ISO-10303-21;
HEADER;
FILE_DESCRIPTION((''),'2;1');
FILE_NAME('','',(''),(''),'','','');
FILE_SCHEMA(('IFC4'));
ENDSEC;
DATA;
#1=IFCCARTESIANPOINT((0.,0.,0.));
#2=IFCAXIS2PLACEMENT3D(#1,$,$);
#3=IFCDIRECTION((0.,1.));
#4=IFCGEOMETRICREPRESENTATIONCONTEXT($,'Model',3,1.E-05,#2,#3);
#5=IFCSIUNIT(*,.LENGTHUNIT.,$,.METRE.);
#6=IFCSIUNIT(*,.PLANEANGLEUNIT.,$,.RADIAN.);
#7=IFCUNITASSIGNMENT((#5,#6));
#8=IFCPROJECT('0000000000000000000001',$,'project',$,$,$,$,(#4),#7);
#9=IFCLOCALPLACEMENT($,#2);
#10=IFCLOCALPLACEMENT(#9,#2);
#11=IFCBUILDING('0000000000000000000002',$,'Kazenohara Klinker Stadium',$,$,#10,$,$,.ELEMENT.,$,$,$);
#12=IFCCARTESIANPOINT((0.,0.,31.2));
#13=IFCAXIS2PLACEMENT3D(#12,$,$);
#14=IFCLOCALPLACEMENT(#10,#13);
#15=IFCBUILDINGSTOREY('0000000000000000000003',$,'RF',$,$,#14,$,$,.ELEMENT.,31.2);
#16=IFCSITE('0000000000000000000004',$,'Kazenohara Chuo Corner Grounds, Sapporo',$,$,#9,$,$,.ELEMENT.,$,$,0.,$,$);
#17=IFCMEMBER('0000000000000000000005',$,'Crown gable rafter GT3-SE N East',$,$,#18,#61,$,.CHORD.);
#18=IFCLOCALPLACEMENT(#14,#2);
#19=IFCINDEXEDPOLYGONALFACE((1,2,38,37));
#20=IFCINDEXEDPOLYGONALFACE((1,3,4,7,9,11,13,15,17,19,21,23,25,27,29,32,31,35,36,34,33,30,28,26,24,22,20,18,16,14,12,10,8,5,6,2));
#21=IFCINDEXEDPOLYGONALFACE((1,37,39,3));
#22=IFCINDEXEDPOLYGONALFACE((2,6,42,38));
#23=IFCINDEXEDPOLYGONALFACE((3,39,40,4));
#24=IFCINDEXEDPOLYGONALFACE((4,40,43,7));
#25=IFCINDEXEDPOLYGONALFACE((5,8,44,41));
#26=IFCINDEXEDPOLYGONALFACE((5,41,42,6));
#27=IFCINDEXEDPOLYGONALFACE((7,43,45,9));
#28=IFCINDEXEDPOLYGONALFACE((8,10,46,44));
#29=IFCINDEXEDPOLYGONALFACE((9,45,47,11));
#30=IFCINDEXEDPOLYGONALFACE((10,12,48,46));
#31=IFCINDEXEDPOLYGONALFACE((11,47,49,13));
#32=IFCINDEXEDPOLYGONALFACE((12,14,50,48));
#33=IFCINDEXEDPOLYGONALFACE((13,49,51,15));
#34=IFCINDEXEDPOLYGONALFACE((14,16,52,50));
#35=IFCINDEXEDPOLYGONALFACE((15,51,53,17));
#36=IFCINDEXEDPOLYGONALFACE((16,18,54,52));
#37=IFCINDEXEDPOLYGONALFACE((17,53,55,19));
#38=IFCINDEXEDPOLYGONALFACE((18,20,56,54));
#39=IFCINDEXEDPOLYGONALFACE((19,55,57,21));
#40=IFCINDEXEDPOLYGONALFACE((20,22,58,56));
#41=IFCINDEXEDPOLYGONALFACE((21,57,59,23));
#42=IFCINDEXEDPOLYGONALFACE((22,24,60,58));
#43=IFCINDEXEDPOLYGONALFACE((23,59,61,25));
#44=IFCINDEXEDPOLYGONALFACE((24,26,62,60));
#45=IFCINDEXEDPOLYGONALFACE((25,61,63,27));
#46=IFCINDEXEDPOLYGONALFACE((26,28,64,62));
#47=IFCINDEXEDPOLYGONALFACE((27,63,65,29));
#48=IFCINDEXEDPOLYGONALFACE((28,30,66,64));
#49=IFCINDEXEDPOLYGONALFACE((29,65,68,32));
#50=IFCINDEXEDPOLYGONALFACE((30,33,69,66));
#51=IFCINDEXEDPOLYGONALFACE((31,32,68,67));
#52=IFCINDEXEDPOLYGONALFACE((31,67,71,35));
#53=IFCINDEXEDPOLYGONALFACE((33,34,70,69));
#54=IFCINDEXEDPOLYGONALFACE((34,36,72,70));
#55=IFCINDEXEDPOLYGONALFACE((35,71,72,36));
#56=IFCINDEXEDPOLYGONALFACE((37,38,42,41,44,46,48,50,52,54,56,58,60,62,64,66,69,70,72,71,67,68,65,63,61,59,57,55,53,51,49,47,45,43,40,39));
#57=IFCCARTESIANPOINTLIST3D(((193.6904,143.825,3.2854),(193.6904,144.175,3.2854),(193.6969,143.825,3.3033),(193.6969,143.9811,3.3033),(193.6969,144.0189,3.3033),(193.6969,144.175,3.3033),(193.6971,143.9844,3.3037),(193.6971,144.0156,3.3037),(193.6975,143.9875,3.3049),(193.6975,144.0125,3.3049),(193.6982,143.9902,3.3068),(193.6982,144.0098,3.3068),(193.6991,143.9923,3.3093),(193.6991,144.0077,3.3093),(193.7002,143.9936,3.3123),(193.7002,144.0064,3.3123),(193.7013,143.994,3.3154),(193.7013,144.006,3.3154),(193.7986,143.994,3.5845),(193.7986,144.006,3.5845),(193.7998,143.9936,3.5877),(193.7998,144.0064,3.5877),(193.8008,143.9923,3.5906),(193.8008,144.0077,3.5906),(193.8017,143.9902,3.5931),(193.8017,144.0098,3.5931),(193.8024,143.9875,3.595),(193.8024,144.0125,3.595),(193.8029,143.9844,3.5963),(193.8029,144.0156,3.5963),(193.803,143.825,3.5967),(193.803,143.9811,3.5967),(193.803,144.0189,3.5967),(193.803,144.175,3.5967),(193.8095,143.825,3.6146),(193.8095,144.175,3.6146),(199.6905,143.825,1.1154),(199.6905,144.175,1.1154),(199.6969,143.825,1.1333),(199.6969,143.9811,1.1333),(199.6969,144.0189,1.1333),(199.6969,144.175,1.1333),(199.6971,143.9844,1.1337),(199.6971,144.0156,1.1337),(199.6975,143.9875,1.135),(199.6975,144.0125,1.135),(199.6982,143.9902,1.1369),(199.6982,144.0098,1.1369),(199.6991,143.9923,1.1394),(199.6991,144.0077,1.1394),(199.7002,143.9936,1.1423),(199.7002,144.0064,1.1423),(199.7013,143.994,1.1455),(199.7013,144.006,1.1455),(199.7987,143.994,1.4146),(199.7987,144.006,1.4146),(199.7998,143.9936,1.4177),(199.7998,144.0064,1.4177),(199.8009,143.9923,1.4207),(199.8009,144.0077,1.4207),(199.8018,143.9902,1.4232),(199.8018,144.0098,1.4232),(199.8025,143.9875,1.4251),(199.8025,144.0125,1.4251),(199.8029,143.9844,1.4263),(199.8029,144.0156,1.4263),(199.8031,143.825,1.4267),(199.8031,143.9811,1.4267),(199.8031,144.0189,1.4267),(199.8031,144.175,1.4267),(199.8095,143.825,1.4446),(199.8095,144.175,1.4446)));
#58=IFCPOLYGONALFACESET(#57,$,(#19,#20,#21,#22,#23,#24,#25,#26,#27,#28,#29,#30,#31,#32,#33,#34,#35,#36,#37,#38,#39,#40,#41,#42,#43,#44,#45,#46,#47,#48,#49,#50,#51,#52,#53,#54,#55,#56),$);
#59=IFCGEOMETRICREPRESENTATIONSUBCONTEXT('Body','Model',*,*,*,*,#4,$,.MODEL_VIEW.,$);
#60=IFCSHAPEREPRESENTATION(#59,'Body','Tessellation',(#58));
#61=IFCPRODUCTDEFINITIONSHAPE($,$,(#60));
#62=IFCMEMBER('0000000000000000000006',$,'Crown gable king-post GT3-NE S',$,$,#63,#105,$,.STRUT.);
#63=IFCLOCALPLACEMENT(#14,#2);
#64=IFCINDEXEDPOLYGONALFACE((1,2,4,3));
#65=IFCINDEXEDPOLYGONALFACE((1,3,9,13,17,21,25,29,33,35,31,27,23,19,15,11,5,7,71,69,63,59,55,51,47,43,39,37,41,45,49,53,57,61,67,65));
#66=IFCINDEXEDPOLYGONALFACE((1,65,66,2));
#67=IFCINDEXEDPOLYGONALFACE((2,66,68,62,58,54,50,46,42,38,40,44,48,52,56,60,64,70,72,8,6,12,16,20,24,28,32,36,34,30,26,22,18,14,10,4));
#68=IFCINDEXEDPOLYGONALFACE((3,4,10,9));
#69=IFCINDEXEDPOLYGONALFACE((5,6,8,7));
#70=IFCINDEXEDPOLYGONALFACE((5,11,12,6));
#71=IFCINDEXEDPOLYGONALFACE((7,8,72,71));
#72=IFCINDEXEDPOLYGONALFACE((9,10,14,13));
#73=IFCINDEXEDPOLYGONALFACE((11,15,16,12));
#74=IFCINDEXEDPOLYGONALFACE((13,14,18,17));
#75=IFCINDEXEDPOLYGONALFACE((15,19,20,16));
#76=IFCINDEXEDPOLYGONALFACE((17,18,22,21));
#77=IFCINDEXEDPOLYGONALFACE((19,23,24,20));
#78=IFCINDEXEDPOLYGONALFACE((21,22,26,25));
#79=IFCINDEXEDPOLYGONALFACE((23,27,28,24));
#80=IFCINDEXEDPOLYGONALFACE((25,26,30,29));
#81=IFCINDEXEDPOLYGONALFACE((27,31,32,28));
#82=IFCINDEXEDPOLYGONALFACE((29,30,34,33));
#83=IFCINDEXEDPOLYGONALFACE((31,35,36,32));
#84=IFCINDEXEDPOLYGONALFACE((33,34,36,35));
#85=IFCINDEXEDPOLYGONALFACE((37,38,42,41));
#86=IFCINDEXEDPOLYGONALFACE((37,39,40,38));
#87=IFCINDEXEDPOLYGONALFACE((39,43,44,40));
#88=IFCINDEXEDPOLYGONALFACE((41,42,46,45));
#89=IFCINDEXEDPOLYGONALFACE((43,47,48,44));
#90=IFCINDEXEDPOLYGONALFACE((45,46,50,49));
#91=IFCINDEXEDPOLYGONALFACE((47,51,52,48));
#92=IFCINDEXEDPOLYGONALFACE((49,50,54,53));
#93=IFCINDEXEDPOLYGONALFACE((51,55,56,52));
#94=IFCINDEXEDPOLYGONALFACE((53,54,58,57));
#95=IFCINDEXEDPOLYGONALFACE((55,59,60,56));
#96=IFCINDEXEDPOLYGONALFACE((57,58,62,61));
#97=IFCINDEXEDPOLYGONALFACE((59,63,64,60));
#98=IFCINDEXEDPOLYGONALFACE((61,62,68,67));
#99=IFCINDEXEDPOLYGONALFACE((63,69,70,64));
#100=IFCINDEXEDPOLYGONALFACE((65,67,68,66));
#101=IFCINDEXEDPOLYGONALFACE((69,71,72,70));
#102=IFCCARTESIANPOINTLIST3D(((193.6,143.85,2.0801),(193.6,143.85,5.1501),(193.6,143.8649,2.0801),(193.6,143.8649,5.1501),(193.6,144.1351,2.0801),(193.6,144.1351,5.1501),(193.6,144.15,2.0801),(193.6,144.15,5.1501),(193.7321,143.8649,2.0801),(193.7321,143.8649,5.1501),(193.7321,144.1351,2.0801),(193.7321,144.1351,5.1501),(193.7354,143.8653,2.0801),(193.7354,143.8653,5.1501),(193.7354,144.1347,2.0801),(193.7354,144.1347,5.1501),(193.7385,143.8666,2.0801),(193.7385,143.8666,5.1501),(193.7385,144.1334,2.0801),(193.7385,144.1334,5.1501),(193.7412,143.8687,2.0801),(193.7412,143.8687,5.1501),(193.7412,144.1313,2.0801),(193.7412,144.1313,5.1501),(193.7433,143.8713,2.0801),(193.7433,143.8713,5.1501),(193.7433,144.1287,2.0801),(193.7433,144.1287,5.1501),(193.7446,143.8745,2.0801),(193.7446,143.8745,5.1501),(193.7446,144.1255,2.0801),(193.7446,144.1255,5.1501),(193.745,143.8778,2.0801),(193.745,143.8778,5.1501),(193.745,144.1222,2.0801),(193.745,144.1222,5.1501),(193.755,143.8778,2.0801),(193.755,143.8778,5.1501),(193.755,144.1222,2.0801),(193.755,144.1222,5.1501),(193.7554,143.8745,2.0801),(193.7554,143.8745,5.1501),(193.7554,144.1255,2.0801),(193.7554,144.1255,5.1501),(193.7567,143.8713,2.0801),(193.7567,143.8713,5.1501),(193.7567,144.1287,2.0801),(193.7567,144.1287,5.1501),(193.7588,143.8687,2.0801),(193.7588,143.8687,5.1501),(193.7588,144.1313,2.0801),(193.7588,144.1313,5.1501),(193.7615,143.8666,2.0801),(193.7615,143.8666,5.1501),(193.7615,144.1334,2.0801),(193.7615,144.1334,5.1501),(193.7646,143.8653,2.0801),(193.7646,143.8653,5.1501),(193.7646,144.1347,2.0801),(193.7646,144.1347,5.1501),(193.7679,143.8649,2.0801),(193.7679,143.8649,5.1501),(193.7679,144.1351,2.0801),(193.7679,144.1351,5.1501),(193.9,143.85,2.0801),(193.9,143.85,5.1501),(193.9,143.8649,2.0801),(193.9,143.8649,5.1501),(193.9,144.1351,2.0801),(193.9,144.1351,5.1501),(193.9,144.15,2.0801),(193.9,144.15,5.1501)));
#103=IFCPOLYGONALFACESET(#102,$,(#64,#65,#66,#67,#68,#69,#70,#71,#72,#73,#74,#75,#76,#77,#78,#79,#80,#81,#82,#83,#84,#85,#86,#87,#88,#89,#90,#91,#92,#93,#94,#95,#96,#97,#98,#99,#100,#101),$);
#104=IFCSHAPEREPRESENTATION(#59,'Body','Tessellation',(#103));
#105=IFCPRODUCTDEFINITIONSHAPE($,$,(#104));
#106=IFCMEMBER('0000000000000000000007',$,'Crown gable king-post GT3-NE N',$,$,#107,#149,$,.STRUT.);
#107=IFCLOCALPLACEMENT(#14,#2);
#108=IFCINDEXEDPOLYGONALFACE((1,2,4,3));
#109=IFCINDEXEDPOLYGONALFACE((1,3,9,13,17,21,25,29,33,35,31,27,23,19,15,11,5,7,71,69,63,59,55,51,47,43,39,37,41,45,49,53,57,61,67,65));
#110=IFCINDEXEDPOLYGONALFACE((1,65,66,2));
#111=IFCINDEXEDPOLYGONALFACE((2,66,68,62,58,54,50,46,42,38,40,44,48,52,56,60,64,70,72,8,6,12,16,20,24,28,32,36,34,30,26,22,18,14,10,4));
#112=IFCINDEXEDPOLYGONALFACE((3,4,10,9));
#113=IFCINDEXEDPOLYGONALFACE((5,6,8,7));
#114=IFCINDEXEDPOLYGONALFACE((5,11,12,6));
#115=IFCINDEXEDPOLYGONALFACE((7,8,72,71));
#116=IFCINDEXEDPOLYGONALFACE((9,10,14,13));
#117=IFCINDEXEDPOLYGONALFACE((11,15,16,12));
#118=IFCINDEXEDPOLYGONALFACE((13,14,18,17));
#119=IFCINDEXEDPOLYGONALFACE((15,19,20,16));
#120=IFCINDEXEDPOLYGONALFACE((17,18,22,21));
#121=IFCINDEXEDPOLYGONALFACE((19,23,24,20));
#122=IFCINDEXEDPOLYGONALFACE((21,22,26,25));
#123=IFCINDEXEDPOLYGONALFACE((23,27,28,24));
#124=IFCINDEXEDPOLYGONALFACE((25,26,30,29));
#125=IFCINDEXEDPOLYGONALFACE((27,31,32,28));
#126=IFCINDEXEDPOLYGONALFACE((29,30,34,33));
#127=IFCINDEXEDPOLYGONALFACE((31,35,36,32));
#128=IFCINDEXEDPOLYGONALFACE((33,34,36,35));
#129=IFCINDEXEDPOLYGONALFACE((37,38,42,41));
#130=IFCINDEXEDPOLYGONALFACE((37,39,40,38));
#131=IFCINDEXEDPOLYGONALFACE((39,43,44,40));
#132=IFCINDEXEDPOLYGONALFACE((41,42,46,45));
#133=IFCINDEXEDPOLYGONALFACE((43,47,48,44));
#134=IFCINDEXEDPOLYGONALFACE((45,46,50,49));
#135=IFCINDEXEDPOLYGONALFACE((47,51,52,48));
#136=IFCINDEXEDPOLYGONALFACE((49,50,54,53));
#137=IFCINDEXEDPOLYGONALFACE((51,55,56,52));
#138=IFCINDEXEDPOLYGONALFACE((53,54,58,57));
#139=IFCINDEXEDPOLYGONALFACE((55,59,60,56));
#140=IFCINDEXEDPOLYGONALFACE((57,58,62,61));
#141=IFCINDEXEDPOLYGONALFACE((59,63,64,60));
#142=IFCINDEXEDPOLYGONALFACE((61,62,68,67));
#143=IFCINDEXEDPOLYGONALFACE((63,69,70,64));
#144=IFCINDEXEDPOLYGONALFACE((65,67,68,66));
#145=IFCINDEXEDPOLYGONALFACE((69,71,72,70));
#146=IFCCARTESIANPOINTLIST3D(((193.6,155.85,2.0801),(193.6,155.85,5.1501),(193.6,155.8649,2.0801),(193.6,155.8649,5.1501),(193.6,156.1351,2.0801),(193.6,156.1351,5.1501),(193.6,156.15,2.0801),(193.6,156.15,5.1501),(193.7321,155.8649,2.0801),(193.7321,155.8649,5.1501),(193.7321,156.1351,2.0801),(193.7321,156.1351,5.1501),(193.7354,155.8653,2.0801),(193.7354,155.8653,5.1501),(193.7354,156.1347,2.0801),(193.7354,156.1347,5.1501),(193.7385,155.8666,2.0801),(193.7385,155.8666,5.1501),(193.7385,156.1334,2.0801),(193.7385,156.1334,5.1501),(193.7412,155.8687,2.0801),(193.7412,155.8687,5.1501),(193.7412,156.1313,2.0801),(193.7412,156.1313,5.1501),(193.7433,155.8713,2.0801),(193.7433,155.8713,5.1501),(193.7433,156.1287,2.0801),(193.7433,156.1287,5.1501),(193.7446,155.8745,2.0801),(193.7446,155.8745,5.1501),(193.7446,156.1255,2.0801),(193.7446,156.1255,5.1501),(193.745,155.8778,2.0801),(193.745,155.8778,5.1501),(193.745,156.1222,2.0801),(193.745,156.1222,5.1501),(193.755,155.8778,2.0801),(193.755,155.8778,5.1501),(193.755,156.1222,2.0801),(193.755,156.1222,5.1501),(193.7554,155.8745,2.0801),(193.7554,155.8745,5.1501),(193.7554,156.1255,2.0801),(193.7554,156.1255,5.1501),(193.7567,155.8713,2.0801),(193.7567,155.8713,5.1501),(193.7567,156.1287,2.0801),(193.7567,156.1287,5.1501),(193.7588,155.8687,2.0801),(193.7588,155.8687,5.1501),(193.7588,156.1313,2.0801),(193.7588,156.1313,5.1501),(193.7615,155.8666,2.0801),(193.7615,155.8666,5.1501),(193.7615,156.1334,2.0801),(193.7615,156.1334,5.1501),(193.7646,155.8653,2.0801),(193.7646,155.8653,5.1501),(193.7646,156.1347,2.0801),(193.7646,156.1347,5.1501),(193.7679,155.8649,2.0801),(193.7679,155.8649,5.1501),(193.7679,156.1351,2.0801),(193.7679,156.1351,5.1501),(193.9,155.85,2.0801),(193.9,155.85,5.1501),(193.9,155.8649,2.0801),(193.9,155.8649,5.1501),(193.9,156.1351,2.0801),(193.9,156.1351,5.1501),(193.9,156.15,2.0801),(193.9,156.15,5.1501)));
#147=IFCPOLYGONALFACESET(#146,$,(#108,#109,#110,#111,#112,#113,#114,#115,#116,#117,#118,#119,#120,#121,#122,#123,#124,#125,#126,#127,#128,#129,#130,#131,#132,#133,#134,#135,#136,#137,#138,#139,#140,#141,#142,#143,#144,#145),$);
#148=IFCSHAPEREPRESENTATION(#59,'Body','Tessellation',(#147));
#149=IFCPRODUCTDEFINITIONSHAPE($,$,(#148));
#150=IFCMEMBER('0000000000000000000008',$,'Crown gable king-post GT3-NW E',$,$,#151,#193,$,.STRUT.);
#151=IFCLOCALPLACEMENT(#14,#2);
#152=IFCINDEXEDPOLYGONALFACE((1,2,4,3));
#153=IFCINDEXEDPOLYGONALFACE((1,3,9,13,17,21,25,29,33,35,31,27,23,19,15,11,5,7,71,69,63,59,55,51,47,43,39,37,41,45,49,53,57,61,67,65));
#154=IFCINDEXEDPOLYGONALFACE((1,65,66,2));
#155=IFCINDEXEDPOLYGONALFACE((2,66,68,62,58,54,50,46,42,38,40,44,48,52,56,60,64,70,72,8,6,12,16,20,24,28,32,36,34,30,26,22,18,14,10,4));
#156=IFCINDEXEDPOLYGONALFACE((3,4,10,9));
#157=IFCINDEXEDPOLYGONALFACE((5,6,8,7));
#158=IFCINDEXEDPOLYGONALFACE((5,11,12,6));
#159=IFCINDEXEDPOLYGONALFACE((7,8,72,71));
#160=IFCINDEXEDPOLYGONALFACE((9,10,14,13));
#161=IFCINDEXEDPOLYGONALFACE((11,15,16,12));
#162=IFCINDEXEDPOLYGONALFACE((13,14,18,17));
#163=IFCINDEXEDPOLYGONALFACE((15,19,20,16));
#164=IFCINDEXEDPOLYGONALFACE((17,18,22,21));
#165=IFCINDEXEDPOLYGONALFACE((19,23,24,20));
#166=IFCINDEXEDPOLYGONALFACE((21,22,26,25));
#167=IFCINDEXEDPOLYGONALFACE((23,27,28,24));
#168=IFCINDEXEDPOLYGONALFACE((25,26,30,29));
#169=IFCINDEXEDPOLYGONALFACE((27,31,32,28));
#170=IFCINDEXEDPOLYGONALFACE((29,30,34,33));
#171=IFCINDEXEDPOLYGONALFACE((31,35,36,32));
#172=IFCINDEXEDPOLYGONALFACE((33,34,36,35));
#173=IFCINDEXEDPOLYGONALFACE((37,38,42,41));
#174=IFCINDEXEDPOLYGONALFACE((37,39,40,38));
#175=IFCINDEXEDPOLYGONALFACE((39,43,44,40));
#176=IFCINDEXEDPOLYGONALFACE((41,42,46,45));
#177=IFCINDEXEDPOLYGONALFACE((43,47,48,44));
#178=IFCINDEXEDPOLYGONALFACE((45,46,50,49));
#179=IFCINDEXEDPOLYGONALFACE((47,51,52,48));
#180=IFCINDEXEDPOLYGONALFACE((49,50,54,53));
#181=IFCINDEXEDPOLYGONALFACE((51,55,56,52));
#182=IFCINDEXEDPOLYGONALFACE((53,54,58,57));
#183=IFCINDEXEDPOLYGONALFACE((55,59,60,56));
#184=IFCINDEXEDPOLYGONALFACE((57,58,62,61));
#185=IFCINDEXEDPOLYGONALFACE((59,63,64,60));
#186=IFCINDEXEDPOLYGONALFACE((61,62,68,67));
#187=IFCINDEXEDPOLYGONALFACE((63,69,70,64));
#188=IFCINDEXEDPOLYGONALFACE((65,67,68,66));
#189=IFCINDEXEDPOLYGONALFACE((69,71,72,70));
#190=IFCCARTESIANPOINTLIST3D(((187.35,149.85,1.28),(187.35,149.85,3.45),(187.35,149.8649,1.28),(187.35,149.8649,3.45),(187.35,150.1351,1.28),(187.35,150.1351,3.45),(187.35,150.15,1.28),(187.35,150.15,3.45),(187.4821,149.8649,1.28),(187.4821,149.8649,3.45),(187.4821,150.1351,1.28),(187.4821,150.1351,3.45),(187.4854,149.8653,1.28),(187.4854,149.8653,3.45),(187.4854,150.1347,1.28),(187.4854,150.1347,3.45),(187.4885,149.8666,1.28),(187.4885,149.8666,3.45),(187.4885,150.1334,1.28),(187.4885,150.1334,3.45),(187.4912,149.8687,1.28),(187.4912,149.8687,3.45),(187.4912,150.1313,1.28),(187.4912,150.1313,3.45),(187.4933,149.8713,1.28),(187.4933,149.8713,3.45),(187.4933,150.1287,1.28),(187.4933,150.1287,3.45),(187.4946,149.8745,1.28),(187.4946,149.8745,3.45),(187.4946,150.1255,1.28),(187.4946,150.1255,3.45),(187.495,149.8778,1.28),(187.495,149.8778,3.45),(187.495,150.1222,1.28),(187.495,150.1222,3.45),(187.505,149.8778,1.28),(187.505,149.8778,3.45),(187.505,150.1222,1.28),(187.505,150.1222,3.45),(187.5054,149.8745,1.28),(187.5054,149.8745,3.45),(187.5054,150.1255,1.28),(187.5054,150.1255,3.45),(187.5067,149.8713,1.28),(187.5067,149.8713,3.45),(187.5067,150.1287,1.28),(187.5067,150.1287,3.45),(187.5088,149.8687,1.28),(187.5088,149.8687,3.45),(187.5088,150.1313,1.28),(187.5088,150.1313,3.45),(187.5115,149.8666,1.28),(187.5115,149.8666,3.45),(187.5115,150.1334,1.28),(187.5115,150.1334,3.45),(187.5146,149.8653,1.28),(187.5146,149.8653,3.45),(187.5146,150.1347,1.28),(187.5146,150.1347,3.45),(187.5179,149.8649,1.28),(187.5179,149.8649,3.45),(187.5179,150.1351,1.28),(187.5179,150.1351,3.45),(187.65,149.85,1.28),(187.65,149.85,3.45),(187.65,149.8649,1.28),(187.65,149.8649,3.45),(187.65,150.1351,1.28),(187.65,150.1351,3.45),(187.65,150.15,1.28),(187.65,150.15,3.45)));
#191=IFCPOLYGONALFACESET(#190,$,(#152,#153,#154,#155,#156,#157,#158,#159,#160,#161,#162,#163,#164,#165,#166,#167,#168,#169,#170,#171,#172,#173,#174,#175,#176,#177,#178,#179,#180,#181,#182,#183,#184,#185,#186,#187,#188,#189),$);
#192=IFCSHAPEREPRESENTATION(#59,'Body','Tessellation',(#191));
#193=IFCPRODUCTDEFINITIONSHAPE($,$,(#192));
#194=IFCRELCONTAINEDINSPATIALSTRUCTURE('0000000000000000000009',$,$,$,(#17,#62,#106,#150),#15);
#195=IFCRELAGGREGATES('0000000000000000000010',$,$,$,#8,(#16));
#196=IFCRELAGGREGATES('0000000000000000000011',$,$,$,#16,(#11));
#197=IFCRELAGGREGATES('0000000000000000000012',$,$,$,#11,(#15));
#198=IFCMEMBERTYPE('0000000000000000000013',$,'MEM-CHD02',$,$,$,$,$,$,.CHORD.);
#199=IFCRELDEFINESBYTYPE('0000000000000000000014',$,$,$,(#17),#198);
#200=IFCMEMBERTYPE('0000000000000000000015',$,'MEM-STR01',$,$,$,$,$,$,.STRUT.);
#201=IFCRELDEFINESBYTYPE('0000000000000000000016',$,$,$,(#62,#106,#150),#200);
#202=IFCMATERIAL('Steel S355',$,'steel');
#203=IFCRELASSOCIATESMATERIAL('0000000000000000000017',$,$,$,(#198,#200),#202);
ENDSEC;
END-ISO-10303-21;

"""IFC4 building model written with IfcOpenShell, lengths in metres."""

from ifc_helpers import new_model, si_unit, direction, frame, origin, origin_2d, place, context, subcontext, project, spatial, i_section, extrude, material, material_profile, profile_set, type_object, element, save


model = new_model("IFC4")

# Units and contexts
model_context = context("Model", 3, precision=1e-05, world=origin(), true_north=direction((0.0, 1.0)))
body_context = subcontext(model_context, "Body", "Model", "MODEL_VIEW")
ifc_project = project(units=[si_unit("LENGTHUNIT", "METRE"), si_unit("PLANEANGLEUNIT", "RADIAN")], contexts=[model_context])

# Site, building, storey
site_placement = place(None, origin())
site = spatial("IfcSite", under=ifc_project, at=site_placement, Name="Kazenohara Chuo Corner Grounds, Sapporo", CompositionType="ELEMENT", RefElevation=0.0)
building_placement = place(site_placement, origin())
building = spatial("IfcBuilding", under=site, at=building_placement, Name="Kazenohara Klinker Stadium", CompositionType="ELEMENT")
storey_placement = place(building_placement, frame((0.0, 0.0, 31.2)))
storey = spatial("IfcBuildingStorey", under=building, at=storey_placement, Name="RF", CompositionType="ELEMENT", Elevation=31.2)

# Members
ifc_material_1 = material(Name="Steel S355", Category="steel")
ifc_material_profile_1 = material_profile(ifc_material_1, i_section(OverallWidth=0.3501, OverallDepth=0.3501, WebThickness=0.012, FlangeThickness=0.019, FilletRadius=0.0129, at=origin_2d()), Name="H-350x350x12x19")
ifc_profile_set_1 = profile_set([ifc_material_profile_1], Name="Steel S355")
member_type_1 = type_object("IfcMemberType", Name="MEM-CHD02", PredefinedType="CHORD", material=ifc_profile_set_1)
member_1_placement = place(storey_placement, frame((199.75, 144.0, 1.28), z_axis=(-0.940391, 0.0, 0.340096), x_axis=(0.0, -1.0, 0.0)))
element("IfcMember", 1, at=member_1_placement, inside=storey, type_object=member_type_1, Name="Crown gable rafter GT3-SE N East", PredefinedType="CHORD", context=body_context, shape_type="SweptSolid", body=[
    extrude(i_section(OverallWidth=0.3501, OverallDepth=0.3501, WebThickness=0.012, FlangeThickness=0.019, FilletRadius=0.0129, at=origin_2d()), origin(), (0.0, 0.0, 1.0), 6.3804),
])
ifc_material_profile_2 = material_profile(ifc_material_1, i_section(OverallWidth=0.3, OverallDepth=0.3, WebThickness=0.01, FlangeThickness=0.0149, FilletRadius=0.0129, at=origin_2d()), Name="H-300x300x10x15")
ifc_profile_set_2 = profile_set([ifc_material_profile_2], Name="Steel S355")
member_type_2 = type_object("IfcMemberType", Name="MEM-STR01", PredefinedType="STRUT", material=ifc_profile_set_2)
for number, where, z_axis, x_axis, name in (
    (2, (193.75, 144.0, 2.0801), (0.0, 0.0, 1.0), (1.0, 0.0, 0.0), "Crown gable king-post GT3-NE S"),
    (3, (193.75, 156.0, 2.0801), (0.0, 0.0, 1.0), (1.0, 0.0, 0.0), "Crown gable king-post GT3-NE N"),
):
    element("IfcMember", number, at=place(storey_placement, frame(where, z_axis=z_axis, x_axis=x_axis)), inside=storey, type_object=member_type_2, Name=name, PredefinedType="STRUT", context=body_context, shape_type="SweptSolid", body=[
        extrude(i_section(OverallWidth=0.3, OverallDepth=0.3, WebThickness=0.01, FlangeThickness=0.0149, FilletRadius=0.0129, at=origin_2d()), origin(), (0.0, 0.0, 1.0), 3.0701),
    ])
for number, where, z_axis, x_axis, name in (
    (4, (187.5, 150.0, 1.28), (0.0, 0.0, 1.0), (1.0, 0.0, 0.0), "Crown gable king-post GT3-NW E"),
):
    element("IfcMember", number, at=place(storey_placement, frame(where, z_axis=z_axis, x_axis=x_axis)), inside=storey, type_object=member_type_2, Name=name, PredefinedType="STRUT", context=body_context, shape_type="SweptSolid", body=[
        extrude(i_section(OverallWidth=0.3, OverallDepth=0.3, WebThickness=0.01, FlangeThickness=0.0149, FilletRadius=0.0129, at=origin_2d()), origin(), (0.0, 0.0, 1.0), 2.1699),
    ])

save(model, "model.ifc")
